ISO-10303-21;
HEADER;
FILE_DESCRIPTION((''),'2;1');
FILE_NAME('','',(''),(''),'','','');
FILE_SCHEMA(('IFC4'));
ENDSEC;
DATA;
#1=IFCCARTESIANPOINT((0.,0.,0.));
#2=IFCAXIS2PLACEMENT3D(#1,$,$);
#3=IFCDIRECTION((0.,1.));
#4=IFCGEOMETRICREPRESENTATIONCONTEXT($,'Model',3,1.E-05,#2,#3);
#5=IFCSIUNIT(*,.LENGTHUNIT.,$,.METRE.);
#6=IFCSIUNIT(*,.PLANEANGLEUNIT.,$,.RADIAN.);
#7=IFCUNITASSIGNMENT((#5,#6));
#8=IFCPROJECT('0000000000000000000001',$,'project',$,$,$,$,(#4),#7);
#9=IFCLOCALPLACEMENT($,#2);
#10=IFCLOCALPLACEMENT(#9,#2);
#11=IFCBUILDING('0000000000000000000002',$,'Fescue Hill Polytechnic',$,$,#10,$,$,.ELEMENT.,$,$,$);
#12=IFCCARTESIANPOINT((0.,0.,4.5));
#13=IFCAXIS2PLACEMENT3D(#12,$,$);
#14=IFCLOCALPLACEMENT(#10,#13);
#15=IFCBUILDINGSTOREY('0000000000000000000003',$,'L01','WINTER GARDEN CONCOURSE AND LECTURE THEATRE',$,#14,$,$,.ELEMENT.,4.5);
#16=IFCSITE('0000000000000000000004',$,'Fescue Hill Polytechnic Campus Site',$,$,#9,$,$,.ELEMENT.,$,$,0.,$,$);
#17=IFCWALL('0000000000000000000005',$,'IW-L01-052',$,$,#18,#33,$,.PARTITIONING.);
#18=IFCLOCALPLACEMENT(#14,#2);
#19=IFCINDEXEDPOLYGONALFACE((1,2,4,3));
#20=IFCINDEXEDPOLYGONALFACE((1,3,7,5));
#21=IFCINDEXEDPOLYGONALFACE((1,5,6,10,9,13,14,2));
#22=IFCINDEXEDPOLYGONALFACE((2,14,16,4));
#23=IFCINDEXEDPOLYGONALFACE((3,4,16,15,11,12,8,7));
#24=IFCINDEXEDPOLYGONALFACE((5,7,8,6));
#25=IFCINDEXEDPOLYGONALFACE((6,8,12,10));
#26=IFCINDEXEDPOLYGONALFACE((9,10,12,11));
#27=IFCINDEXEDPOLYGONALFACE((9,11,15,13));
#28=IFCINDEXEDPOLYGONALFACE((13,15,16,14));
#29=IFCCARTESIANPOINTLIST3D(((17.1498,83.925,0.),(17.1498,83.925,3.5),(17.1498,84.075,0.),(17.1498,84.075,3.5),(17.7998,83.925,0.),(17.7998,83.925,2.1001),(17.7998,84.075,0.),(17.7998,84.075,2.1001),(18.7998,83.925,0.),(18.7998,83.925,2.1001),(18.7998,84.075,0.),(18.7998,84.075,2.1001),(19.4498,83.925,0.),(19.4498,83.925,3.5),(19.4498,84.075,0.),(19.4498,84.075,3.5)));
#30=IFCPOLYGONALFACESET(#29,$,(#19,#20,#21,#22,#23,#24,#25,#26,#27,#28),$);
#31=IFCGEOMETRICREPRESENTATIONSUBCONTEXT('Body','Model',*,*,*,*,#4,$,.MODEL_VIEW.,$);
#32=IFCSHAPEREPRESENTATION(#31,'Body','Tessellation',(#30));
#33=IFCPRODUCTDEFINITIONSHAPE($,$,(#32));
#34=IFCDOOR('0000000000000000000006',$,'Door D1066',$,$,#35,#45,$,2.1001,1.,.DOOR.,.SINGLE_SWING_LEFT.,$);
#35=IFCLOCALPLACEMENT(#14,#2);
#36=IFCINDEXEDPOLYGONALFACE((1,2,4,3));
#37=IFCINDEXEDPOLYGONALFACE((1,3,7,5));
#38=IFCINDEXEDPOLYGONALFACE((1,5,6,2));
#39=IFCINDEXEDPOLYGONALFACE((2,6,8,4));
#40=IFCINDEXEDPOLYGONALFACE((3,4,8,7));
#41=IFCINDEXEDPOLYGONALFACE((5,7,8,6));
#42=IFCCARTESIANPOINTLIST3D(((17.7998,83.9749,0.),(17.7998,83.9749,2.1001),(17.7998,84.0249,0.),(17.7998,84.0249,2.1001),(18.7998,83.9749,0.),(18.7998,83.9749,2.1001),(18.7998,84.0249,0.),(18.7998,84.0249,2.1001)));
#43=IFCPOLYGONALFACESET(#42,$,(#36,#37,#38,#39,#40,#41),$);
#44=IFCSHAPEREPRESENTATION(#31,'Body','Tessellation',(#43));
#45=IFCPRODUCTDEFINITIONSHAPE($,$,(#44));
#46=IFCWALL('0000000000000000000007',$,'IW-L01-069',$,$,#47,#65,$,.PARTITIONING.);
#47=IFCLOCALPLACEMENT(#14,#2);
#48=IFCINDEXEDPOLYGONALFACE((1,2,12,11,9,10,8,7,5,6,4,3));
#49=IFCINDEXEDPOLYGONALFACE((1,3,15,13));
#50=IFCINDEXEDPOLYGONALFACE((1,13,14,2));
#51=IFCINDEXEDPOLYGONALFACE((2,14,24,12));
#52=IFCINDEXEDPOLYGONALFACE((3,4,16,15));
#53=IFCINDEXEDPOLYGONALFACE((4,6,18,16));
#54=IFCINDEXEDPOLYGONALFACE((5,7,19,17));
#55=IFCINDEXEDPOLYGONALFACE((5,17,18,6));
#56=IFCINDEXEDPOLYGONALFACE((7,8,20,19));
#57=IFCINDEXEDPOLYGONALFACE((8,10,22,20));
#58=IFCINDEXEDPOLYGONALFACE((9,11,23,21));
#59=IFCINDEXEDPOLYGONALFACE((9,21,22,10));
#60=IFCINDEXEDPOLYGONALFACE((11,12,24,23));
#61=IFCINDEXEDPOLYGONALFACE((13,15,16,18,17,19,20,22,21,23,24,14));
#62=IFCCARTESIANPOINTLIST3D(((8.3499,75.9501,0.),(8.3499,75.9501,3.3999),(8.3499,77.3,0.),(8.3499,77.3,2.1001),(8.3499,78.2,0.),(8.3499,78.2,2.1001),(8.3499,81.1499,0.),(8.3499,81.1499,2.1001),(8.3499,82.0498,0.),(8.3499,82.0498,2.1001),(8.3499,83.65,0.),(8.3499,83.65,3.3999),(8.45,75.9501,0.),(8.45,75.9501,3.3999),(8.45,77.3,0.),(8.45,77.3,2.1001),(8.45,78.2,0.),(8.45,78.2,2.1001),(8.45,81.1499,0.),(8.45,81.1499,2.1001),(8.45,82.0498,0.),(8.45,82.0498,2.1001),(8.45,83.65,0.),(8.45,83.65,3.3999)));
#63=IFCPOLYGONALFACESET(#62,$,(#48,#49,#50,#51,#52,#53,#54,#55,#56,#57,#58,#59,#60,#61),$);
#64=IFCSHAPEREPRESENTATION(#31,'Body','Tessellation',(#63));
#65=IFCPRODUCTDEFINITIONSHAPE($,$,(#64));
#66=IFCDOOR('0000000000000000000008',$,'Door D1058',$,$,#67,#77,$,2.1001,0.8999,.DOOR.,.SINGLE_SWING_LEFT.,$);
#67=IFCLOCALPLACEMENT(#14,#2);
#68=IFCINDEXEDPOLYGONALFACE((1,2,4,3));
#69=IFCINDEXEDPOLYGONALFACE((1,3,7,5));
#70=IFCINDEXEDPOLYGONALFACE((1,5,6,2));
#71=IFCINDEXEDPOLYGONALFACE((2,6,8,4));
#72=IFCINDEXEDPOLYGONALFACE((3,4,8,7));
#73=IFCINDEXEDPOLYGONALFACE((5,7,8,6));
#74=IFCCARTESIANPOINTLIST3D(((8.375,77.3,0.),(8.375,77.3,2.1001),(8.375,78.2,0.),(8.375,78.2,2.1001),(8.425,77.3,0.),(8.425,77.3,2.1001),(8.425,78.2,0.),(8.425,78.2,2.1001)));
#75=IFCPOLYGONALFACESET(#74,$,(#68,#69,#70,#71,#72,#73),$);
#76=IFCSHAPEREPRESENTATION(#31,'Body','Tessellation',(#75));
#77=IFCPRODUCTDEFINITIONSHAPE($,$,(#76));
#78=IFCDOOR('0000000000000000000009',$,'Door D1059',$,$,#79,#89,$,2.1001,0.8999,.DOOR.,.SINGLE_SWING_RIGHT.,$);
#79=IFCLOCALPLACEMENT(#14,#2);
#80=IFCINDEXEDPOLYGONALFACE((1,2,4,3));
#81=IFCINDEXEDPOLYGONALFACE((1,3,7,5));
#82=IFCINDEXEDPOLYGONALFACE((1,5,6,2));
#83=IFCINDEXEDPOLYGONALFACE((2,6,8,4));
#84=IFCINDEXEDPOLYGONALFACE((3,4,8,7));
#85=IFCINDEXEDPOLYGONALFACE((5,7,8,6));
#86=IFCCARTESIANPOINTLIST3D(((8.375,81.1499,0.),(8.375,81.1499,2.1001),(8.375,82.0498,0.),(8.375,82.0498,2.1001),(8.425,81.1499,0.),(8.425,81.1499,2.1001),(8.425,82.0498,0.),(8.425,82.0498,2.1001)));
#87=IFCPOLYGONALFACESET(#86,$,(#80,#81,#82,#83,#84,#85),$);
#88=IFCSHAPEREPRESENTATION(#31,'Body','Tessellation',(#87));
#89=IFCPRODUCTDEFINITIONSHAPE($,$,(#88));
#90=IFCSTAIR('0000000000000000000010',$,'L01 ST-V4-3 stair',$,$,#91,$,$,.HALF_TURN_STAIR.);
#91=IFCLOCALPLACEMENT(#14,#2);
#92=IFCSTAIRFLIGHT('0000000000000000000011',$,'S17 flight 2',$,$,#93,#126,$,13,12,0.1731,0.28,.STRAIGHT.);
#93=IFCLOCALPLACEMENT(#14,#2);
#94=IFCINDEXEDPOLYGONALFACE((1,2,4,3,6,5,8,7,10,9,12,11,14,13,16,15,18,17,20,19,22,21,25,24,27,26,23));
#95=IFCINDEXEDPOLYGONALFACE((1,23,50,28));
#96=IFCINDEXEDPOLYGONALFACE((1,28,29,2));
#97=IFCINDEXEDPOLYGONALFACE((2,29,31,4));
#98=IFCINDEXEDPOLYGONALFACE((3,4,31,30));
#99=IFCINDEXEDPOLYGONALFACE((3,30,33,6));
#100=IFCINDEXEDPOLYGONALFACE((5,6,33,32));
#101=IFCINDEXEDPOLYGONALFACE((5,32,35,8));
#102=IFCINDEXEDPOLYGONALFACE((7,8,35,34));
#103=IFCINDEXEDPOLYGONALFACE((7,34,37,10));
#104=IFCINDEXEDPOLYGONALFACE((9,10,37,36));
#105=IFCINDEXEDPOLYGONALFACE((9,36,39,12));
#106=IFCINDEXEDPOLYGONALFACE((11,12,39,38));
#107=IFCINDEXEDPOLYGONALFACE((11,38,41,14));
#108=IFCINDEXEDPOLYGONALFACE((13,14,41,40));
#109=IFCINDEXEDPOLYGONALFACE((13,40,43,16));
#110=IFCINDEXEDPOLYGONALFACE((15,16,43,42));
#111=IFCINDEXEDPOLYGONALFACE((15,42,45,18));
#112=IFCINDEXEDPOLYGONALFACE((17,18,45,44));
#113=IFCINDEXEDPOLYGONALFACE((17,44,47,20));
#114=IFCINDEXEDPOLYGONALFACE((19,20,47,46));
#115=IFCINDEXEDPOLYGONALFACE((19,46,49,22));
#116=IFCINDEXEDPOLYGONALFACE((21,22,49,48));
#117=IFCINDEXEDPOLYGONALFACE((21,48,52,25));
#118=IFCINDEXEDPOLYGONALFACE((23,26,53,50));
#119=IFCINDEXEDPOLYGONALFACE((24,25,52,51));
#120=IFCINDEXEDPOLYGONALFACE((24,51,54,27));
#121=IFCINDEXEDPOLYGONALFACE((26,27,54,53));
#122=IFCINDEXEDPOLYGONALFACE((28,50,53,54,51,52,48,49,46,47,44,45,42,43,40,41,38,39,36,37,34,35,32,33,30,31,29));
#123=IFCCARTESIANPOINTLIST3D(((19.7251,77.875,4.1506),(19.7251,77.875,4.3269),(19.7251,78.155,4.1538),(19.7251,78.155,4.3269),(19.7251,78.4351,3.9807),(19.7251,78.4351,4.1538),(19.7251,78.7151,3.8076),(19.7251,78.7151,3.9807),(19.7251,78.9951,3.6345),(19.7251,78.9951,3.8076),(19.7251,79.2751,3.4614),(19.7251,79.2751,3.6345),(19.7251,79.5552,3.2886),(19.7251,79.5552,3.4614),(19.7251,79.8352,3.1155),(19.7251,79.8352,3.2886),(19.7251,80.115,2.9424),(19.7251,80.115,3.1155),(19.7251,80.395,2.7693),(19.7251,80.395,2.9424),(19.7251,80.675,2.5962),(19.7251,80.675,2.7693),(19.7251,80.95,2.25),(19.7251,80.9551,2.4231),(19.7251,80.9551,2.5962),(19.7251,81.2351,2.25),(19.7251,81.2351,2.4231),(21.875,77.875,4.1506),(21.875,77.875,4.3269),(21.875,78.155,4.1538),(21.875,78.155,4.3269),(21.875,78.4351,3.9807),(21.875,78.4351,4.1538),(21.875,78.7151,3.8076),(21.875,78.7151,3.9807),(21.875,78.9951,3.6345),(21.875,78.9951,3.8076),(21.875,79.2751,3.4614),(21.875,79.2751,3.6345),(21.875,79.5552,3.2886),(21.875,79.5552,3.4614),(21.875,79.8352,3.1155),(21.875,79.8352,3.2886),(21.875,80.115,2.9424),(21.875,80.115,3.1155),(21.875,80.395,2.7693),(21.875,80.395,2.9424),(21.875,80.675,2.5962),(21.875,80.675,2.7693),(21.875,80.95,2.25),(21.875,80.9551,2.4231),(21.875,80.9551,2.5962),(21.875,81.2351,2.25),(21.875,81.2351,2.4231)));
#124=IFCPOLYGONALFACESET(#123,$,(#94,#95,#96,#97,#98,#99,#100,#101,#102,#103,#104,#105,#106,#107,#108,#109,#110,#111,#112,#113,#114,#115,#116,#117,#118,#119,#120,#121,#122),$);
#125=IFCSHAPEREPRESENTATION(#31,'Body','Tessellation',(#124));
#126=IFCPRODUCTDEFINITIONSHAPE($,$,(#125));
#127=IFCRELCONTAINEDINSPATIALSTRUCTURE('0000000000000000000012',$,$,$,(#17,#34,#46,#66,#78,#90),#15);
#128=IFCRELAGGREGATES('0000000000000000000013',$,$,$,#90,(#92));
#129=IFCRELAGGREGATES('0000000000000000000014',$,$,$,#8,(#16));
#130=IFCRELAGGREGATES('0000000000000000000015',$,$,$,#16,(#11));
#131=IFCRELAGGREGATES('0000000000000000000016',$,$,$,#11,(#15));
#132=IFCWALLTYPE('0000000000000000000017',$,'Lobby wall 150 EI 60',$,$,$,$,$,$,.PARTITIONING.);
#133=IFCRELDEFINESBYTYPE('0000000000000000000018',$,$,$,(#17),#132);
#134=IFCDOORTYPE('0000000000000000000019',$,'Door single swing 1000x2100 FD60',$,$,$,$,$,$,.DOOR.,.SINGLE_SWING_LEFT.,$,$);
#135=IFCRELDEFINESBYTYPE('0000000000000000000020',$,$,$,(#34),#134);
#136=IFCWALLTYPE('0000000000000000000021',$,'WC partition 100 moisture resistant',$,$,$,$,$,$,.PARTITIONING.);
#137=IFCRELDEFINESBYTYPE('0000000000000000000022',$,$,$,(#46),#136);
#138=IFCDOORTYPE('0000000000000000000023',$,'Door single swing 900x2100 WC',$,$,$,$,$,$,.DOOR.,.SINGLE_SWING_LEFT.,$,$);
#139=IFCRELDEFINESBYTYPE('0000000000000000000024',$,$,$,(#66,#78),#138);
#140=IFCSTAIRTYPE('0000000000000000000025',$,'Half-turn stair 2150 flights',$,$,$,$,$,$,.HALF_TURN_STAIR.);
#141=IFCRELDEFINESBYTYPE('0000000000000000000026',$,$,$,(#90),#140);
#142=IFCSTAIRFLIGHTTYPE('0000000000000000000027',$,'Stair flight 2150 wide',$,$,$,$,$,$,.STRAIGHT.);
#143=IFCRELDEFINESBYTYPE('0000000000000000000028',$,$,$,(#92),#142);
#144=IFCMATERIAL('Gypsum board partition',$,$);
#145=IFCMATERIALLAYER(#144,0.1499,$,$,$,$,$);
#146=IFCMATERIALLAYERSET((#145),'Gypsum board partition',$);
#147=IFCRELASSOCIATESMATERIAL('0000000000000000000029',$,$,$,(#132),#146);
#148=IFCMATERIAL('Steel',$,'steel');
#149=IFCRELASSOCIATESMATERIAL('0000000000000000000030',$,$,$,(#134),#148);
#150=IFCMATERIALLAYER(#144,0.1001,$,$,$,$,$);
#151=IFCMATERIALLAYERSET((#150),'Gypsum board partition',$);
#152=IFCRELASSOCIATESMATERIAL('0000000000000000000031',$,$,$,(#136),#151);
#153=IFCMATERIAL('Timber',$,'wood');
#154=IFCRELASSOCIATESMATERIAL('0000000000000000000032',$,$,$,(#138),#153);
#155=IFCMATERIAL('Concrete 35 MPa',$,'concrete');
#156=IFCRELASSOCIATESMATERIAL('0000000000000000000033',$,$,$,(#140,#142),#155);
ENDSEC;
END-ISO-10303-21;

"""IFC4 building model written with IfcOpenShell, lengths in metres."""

from ifc_helpers import new_model, si_unit, direction, frame, frame_2d, origin, place, context, subcontext, project, spatial, polyline, rectangle, outline, extrude, material, layer, layer_set, type_object, element, fill, aggregate, save


model = new_model("IFC4")

# Units and contexts
model_context = context("Model", 3, precision=1e-05, world=origin(), true_north=direction((0.0, 1.0)))
body_context = subcontext(model_context, "Body", "Model", "MODEL_VIEW")
ifc_project = project(units=[si_unit("LENGTHUNIT", "METRE"), si_unit("PLANEANGLEUNIT", "RADIAN")], contexts=[model_context])

# Site, building, storey
site_placement = place(None, origin())
site = spatial("IfcSite", under=ifc_project, at=site_placement, Name="Fescue Hill Polytechnic Campus Site", CompositionType="ELEMENT", RefElevation=0.0)
building_placement = place(site_placement, origin())
building = spatial("IfcBuilding", under=site, at=building_placement, Name="Fescue Hill Polytechnic", CompositionType="ELEMENT")
storey_placement = place(building_placement, frame((0.0, 0.0, 4.5)))
storey = spatial("IfcBuildingStorey", under=building, at=storey_placement, Name="L01", Description="WINTER GARDEN CONCOURSE AND LECTURE THEATRE", CompositionType="ELEMENT", Elevation=4.5)

# Shared definitions
ifc_material_1 = material(Name="Gypsum board partition")
ifc_layer_1 = layer(ifc_material_1, 0.1499)
ifc_layer_set_1 = layer_set([ifc_layer_1], Name="Gypsum board partition")
wall_type_1 = type_object("IfcWallType", Name="Lobby wall 150 EI 60", PredefinedType="PARTITIONING", material=ifc_layer_set_1)

# Shared definitions
ifc_material_2 = material(Name="Steel", Category="steel")
door_type_1 = type_object("IfcDoorType", Name="Door single swing 1000x2100 FD60", OperationType="SINGLE_SWING_LEFT", PredefinedType="DOOR", material=ifc_material_2)

# Wall, opening, door
wall_1_placement = place(storey_placement, frame((17.1499, 84.0, 0.0), z_axis=(0.0, 0.0, 1.0), x_axis=(1.0, 0.0, 0.0)))
wall_1 = element("IfcWall", 1, at=wall_1_placement, inside=storey, type_object=wall_type_1, Name="IW-L01-052", PredefinedType="PARTITIONING", context=body_context, shape_type="SweptSolid", body=[
    extrude(rectangle(XDim=2.3, YDim=0.1499, at=frame_2d((1.1499, 0.0))), origin(), (0.0, 0.0, 1.0), 3.5),
])
opening_1_placement = place(wall_1_placement, frame((0.6499, 0.0, 0.0)))
opening_1 = element("IfcOpeningElement", 2, at=opening_1_placement, cuts=wall_1, PredefinedType="OPENING", context=body_context, shape_type="SweptSolid", body=[
    extrude(rectangle(XDim=1.0, YDim=2.1001, at=frame_2d((0.5, 1.05))), frame((0.0, 0.085, 0.0), z_axis=(0.0, -1.0, 0.0), x_axis=(1.0, 0.0, 0.0)), (0.0, 0.0, 1.0), 0.1699),
])
door_1_placement = place(opening_1_placement, origin())
door_1 = element("IfcDoor", 3, at=door_1_placement, inside=storey, type_object=door_type_1, Name="Door D1066", OperationType="SINGLE_SWING_LEFT", OverallHeight=2.1001, OverallWidth=1.0, PredefinedType="DOOR", context=body_context, shape_type="SweptSolid", body=[
    extrude(rectangle(XDim=1.0, YDim=2.1001, at=frame_2d((0.5, 1.05))), frame((0.0, 0.0249, 0.0), z_axis=(0.0, -1.0, 0.0), x_axis=(1.0, 0.0, 0.0)), (0.0, 0.0, 1.0), 0.05),
])
fill(opening_1, door_1)

# Wall, openings, doors
ifc_layer_2 = layer(ifc_material_1, 0.1001)
ifc_layer_set_2 = layer_set([ifc_layer_2], Name="Gypsum board partition")
wall_type_2 = type_object("IfcWallType", Name="WC partition 100 moisture resistant", PredefinedType="PARTITIONING", material=ifc_layer_set_2)
wall_2_placement = place(storey_placement, frame((8.3999, 75.95, 0.0), z_axis=(0.0, 0.0, 1.0), x_axis=(0.0, 1.0, 0.0)))
wall_2 = element("IfcWall", 4, at=wall_2_placement, inside=storey, type_object=wall_type_2, Name="IW-L01-069", PredefinedType="PARTITIONING", context=body_context, shape_type="SweptSolid", body=[
    extrude(rectangle(XDim=7.7, YDim=0.1001, at=frame_2d((3.8501, 0.0))), origin(), (0.0, 0.0, 1.0), 3.3999),
])
opening_2_placement = place(wall_2_placement, frame((1.3501, 0.0, 0.0)))
opening_2 = element("IfcOpeningElement", 5, at=opening_2_placement, cuts=wall_2, PredefinedType="OPENING", context=body_context, shape_type="SweptSolid", body=[
    extrude(rectangle(XDim=0.8999, YDim=2.1001, at=frame_2d((0.45, 1.05))), frame((0.0, 0.0601, 0.0), z_axis=(0.0, -1.0, 0.0), x_axis=(1.0, 0.0, 0.0)), (0.0, 0.0, 1.0), 0.1201),
])
opening_3_placement = place(wall_2_placement, frame((5.2, 0.0, 0.0)))
opening_3 = element("IfcOpeningElement", 6, at=opening_3_placement, cuts=wall_2, PredefinedType="OPENING", context=body_context, shape_type="SweptSolid", body=[
    extrude(rectangle(XDim=0.8999, YDim=2.1001, at=frame_2d((0.45, 1.05))), frame((0.0, 0.0601, 0.0), z_axis=(0.0, -1.0, 0.0), x_axis=(1.0, 0.0, 0.0)), (0.0, 0.0, 1.0), 0.1201),
])
ifc_material_3 = material(Name="Timber", Category="wood")
door_type_2 = type_object("IfcDoorType", Name="Door single swing 900x2100 WC", OperationType="SINGLE_SWING_LEFT", PredefinedType="DOOR", material=ifc_material_3)
door_2_placement = place(opening_2_placement, origin())
door_2 = element("IfcDoor", 7, at=door_2_placement, inside=storey, type_object=door_type_2, Name="Door D1058", OperationType="SINGLE_SWING_LEFT", OverallHeight=2.1001, OverallWidth=0.8999, PredefinedType="DOOR", context=body_context, shape_type="SweptSolid", body=[
    extrude(rectangle(XDim=0.8999, YDim=2.1001, at=frame_2d((0.45, 1.05))), frame((0.0, 0.0249, 0.0), z_axis=(0.0, -1.0, 0.0), x_axis=(1.0, 0.0, 0.0)), (0.0, 0.0, 1.0), 0.05),
])
fill(opening_2, door_2)
door_3_placement = place(opening_3_placement, origin())
door_3 = element("IfcDoor", 8, at=door_3_placement, inside=storey, type_object=door_type_2, Name="Door D1059", OperationType="SINGLE_SWING_RIGHT", OverallHeight=2.1001, OverallWidth=0.8999, PredefinedType="DOOR", context=body_context, shape_type="SweptSolid", body=[
    extrude(rectangle(XDim=0.8999, YDim=2.1001, at=frame_2d((0.45, 1.05))), frame((0.0, 0.0249, 0.0), z_axis=(0.0, -1.0, 0.0), x_axis=(1.0, 0.0, 0.0)), (0.0, 0.0, 1.0), 0.05),
])
fill(opening_3, door_3)

# Stair, stair flight
ifc_material_4 = material(Name="Concrete 35 MPa", Category="concrete")
stair_type = type_object("IfcStairType", Name="Half-turn stair 2150 flights", PredefinedType="HALF_TURN_STAIR", material=ifc_material_4)
stair_placement = place(storey_placement, origin())
stair = element("IfcStair", 9, at=stair_placement, inside=storey, type_object=stair_type, Name="L01 ST-V4-3 stair", PredefinedType="HALF_TURN_STAIR")
stair_flight_type = type_object("IfcStairFlightType", Name="Stair flight 2150 wide", PredefinedType="STRAIGHT", material=ifc_material_4)
stair_flight_placement = place(storey_placement, frame((20.8, 81.2351, 2.25), z_axis=(0.0, 0.0, 1.0), x_axis=(0.0, -1.0, 0.0)))
stair_flight = element("IfcStairFlight", 10, at=stair_flight_placement, type_object=stair_flight_type, Name="S17 flight 2", NumberOfRisers=13, NumberOfTreads=12, PredefinedType="STRAIGHT", RiserHeight=0.1731, TreadLength=0.28, context=body_context, shape_type="SweptSolid", body=[
    extrude(outline(polyline([(0.0, 0.0), (0.0, 0.1731), (0.28, 0.1731), (0.28, 0.3462), (0.5601, 0.3462), (0.5601, 0.5193), (0.8401, 0.5193), (0.8401, 0.6924), (1.1201, 0.6924), (1.1201, 0.8655), (1.3999, 0.8655), (1.3999, 1.0386), (1.6799, 1.0386), (1.6799, 1.2114), (1.96, 1.2114), (1.96, 1.3845), (2.24, 1.3845), (2.24, 1.5576), (2.52, 1.5576), (2.52, 1.7307), (2.8, 1.7307), (2.8, 1.9038), (3.0801, 1.9038), (3.0801, 2.0769), (3.3601, 2.0769), (3.3601, 2.25), (3.3601, 1.9006), (0.2852, 0.0), (0.0, 0.0)])), frame((0.0, 1.075, 0.0), z_axis=(0.0, -1.0, 0.0), x_axis=(1.0, 0.0, 0.0)), (0.0, 0.0, 1.0), 2.1499),
])
aggregate(stair, [stair_flight])

save(model, "model.ifc")
